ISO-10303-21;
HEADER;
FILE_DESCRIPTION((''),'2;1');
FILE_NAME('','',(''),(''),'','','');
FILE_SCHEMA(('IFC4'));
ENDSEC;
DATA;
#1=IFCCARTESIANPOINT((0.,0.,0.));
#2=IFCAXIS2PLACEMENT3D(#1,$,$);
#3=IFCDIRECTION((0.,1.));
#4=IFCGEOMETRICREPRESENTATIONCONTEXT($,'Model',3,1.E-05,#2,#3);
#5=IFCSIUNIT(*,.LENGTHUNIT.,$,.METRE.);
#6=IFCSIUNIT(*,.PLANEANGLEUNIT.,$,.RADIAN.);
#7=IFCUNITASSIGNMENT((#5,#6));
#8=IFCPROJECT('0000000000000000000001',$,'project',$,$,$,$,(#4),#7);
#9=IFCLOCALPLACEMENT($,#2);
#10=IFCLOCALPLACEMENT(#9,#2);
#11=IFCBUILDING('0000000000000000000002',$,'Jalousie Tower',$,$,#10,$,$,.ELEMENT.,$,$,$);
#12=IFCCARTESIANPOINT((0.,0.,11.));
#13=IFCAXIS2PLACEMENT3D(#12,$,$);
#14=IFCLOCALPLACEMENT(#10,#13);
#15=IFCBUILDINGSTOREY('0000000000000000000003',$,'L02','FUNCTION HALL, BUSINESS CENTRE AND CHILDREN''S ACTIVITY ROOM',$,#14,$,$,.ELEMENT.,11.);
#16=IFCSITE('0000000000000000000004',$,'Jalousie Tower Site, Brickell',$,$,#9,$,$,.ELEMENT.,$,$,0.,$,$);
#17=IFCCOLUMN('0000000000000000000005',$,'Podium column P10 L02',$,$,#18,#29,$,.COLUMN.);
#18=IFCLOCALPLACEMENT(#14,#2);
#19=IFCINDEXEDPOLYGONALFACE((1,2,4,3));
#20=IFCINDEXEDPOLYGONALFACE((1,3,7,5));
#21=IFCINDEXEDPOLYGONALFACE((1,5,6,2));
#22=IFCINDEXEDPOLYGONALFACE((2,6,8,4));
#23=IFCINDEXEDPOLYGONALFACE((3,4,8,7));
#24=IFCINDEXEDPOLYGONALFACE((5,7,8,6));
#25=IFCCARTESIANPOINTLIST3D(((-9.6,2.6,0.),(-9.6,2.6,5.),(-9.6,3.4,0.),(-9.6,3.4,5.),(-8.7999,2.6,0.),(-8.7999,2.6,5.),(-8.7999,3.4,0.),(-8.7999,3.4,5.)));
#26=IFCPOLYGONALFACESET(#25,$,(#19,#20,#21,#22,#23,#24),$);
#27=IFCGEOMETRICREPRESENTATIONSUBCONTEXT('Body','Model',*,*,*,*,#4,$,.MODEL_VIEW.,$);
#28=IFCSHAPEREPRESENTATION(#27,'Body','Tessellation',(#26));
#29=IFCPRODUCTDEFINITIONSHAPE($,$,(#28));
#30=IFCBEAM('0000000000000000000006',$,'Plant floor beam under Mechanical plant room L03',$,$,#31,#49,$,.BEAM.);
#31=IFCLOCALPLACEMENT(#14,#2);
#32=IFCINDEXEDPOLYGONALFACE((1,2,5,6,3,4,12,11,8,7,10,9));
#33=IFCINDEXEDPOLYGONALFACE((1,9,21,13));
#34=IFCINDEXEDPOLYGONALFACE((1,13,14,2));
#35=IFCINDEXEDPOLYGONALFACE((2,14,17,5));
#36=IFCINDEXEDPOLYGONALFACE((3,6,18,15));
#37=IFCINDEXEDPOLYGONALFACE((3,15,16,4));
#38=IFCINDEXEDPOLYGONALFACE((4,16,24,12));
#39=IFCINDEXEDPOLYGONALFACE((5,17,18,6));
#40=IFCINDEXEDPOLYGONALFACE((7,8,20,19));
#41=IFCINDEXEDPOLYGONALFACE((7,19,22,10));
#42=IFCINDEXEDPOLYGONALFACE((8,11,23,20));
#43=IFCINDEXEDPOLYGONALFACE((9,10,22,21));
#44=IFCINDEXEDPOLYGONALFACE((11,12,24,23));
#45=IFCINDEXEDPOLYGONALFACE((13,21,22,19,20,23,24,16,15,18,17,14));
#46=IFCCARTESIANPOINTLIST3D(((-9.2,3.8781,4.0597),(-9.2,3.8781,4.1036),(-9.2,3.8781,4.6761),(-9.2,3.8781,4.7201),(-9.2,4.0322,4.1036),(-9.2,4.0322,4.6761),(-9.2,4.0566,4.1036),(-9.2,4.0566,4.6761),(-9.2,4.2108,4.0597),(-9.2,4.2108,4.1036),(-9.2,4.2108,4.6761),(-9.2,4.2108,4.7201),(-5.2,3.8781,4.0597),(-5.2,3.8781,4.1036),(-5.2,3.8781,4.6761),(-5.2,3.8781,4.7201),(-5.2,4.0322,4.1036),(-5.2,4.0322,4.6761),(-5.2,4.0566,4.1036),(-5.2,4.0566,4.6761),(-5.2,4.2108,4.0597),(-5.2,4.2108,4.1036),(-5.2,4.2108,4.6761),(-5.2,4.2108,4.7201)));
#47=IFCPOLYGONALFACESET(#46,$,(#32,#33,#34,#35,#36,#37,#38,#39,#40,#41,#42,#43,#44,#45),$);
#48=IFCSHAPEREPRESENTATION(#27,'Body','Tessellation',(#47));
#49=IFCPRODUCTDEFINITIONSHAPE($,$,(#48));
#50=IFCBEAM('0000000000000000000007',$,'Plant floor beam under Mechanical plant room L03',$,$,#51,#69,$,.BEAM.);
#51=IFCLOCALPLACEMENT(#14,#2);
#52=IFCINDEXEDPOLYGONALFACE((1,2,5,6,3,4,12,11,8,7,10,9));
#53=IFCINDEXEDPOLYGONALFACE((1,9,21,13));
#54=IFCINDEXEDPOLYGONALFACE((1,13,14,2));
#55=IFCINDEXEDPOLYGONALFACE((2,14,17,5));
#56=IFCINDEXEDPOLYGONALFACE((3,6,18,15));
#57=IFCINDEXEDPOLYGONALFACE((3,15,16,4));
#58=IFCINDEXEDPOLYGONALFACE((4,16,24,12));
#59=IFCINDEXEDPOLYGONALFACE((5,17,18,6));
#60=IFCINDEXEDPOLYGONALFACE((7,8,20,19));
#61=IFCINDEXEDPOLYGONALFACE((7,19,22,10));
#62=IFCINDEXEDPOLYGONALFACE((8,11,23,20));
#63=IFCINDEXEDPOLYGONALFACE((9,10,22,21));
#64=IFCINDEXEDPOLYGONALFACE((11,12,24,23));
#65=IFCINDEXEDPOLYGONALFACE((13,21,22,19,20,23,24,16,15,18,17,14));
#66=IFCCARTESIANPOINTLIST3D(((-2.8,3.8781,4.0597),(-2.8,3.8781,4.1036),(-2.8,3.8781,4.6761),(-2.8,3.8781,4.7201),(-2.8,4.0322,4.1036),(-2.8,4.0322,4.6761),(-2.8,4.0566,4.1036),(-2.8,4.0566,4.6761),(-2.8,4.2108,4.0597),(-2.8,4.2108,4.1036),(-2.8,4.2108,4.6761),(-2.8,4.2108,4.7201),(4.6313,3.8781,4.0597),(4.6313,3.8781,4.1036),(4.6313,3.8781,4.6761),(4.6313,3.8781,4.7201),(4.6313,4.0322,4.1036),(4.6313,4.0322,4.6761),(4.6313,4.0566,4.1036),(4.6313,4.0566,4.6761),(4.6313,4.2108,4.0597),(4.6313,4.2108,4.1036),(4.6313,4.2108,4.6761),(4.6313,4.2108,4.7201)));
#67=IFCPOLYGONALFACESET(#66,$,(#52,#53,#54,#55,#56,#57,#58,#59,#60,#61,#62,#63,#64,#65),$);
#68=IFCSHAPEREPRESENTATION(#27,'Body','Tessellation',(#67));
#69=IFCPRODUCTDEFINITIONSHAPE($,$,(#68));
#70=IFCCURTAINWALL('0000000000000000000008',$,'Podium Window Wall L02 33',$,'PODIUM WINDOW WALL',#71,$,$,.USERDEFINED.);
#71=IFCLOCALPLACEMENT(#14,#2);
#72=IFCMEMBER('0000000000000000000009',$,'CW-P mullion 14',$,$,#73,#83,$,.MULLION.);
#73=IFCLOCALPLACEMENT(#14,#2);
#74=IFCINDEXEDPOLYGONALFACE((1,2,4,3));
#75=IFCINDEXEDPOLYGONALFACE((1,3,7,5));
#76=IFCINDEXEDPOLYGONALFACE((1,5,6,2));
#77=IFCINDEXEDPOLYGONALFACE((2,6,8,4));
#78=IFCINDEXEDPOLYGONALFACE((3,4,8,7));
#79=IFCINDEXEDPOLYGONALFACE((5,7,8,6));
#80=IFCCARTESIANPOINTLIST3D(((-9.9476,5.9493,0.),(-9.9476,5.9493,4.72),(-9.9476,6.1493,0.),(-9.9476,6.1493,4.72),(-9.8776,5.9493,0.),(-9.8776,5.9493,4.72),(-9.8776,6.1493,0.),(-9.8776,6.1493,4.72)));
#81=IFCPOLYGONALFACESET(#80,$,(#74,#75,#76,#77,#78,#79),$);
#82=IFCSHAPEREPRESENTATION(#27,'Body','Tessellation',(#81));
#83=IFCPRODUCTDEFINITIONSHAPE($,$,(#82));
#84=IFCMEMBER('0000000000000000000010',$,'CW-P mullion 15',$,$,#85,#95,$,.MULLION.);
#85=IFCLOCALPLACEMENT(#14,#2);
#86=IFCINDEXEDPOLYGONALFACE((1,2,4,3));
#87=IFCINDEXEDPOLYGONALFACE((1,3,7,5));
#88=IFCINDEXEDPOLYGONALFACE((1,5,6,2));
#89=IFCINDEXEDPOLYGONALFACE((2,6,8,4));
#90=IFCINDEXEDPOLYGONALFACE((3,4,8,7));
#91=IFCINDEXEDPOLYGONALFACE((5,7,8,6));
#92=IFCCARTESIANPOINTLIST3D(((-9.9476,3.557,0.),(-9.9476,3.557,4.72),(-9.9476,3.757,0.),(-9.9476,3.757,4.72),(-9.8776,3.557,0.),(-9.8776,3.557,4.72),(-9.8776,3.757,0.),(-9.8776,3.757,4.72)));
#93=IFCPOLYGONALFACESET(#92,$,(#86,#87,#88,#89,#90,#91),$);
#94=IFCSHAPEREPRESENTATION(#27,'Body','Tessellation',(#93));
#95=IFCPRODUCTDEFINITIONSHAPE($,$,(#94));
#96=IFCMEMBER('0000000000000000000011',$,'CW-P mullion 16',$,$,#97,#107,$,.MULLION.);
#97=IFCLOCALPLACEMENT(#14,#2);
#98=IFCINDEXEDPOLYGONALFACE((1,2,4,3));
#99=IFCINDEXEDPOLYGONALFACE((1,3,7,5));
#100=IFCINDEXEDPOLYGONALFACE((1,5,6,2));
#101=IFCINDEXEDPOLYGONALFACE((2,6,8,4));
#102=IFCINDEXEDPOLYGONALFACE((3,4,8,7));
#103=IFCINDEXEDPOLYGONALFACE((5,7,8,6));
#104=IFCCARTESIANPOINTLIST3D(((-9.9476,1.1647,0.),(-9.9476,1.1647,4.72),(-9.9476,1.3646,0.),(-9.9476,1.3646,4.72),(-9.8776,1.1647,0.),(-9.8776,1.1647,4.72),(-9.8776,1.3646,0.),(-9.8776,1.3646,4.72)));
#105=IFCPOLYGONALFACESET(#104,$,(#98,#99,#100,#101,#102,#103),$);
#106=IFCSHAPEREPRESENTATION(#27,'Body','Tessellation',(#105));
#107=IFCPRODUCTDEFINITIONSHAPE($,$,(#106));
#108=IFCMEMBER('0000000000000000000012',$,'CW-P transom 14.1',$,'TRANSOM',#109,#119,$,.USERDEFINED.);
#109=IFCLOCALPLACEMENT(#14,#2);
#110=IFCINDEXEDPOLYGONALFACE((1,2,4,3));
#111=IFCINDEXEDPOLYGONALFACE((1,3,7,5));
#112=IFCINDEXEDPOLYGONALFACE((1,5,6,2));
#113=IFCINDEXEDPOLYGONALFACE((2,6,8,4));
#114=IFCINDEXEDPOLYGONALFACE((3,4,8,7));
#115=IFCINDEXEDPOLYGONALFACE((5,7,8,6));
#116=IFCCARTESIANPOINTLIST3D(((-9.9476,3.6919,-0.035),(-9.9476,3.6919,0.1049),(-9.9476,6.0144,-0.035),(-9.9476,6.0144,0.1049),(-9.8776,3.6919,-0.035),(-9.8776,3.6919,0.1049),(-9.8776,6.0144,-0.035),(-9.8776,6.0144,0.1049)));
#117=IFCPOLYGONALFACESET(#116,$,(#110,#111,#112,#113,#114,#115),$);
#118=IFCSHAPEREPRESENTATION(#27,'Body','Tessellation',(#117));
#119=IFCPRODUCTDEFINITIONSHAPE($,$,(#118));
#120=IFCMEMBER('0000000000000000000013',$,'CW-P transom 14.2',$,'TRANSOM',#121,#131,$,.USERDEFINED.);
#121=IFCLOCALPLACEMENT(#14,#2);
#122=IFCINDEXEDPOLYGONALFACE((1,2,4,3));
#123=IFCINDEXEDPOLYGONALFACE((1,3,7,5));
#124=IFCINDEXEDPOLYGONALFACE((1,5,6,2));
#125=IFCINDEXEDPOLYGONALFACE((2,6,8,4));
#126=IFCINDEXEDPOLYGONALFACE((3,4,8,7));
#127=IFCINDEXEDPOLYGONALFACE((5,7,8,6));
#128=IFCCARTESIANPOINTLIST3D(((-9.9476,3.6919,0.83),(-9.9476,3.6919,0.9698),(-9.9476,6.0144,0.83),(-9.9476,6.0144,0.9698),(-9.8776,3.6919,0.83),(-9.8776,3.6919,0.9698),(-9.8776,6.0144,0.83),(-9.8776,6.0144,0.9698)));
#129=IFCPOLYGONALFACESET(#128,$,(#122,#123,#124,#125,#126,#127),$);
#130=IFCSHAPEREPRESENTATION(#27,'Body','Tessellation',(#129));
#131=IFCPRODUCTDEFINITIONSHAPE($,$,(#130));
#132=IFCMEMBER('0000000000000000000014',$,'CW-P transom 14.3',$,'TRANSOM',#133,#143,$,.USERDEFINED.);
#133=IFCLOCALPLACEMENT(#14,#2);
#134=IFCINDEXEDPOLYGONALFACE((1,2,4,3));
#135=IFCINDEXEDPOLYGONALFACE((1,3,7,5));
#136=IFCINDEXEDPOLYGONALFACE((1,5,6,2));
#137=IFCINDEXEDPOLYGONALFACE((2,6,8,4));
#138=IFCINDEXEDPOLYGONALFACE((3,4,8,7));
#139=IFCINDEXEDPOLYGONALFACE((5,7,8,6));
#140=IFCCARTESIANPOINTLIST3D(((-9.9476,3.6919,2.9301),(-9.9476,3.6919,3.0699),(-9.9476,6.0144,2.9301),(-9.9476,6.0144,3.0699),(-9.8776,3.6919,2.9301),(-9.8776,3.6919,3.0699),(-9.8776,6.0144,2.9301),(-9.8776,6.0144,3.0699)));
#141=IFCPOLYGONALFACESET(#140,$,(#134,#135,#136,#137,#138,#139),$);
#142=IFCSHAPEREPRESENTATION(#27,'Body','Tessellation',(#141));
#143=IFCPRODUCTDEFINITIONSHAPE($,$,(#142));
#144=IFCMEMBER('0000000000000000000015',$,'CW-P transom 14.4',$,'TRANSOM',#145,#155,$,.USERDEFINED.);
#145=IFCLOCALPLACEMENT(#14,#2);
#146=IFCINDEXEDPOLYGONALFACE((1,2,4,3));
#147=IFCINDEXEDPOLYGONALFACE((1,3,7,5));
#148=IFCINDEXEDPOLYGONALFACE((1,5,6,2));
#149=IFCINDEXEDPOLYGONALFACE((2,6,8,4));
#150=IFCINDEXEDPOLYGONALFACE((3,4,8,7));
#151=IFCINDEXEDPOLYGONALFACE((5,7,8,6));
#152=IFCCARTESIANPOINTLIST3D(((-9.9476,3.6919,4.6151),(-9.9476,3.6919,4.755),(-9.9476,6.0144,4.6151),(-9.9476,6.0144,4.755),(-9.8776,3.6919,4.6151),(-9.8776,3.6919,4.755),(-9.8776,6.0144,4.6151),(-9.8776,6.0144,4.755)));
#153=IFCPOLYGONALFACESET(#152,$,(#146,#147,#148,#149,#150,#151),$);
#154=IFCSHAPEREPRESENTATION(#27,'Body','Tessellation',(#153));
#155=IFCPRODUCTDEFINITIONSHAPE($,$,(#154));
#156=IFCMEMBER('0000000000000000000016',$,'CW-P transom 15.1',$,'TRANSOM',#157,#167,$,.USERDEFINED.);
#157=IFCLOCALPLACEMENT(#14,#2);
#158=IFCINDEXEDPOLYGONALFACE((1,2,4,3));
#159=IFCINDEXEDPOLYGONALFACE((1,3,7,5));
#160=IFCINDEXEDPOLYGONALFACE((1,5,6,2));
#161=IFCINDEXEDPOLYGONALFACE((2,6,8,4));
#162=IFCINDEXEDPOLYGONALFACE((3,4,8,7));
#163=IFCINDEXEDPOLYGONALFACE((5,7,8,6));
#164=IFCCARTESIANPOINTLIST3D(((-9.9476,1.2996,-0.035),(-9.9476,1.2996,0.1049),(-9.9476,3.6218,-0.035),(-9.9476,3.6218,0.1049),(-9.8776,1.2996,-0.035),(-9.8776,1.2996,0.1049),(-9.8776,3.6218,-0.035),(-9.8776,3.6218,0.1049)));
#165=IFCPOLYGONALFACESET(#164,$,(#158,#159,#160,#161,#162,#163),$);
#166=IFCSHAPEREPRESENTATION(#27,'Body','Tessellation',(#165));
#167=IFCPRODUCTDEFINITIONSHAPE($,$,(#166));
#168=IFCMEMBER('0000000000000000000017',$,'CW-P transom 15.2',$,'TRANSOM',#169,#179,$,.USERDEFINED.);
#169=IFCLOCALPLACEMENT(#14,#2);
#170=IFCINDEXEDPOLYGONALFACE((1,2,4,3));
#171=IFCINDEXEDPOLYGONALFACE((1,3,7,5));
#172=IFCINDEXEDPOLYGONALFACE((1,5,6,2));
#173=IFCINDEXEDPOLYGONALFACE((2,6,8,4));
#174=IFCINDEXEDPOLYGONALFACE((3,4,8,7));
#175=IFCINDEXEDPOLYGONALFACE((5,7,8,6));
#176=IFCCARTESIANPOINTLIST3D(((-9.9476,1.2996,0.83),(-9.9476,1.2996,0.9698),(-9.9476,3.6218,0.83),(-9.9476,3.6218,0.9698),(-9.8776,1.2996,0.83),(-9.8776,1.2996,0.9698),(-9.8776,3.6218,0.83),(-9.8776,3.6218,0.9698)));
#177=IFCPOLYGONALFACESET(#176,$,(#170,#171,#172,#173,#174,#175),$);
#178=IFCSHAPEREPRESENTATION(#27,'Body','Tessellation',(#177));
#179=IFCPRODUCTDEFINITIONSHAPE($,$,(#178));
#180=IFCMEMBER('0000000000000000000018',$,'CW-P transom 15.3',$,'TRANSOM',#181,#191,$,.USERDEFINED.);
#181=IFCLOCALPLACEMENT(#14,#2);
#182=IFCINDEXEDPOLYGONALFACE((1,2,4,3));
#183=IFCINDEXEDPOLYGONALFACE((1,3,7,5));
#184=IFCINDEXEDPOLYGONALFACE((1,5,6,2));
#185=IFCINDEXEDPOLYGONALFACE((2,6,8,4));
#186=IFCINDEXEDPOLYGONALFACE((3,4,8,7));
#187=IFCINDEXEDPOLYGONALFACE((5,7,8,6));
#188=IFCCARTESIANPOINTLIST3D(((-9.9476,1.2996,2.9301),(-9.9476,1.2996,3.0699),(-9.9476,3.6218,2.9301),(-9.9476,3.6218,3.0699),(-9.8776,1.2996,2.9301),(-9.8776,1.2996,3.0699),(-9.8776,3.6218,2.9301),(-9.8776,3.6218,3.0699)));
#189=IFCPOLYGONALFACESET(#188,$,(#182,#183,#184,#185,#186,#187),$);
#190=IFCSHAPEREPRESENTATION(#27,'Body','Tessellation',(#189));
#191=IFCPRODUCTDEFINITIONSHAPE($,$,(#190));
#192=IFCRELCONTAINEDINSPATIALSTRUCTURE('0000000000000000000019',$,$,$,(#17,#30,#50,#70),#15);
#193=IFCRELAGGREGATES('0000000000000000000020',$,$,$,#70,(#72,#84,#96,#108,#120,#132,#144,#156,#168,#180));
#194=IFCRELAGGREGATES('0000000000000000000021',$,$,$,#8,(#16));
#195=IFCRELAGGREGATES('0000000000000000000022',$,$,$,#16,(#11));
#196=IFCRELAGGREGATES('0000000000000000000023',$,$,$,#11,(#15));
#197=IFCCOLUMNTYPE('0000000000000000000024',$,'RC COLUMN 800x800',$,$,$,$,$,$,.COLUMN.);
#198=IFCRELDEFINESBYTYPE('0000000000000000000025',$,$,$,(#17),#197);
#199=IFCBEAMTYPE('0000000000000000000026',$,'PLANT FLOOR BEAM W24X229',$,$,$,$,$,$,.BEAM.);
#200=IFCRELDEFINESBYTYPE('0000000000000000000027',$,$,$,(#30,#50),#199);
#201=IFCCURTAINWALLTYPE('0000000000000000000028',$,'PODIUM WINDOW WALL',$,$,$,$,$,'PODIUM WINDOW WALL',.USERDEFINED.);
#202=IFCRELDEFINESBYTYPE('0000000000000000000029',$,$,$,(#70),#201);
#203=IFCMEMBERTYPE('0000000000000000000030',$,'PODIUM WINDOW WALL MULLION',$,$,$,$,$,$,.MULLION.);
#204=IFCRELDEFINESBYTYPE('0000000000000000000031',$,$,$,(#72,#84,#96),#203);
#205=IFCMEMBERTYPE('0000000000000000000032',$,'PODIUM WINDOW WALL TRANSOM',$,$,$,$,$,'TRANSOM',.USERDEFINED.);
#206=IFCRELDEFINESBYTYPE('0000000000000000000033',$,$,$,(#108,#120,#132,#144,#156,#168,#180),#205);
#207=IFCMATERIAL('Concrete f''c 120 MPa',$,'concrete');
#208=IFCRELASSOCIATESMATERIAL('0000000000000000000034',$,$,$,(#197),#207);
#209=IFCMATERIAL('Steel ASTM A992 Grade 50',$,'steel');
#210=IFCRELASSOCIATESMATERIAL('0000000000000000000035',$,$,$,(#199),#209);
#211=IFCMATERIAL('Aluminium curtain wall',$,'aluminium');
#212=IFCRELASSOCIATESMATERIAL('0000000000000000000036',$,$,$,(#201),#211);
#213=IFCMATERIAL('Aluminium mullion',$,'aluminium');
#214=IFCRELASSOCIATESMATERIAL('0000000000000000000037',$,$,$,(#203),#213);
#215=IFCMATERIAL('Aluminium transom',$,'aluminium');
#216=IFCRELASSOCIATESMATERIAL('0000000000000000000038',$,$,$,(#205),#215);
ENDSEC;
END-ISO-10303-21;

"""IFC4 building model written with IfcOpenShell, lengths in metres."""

from ifc_helpers import new_model, si_unit, direction, frame, origin, origin_2d, place, context, subcontext, project, spatial, rectangle, i_section, extrude, material, material_profile, profile_set, type_object, element, aggregate, save


model = new_model("IFC4")

# Units and contexts
model_context = context("Model", 3, precision=1e-05, world=origin(), true_north=direction((0.0, 1.0)))
body_context = subcontext(model_context, "Body", "Model", "MODEL_VIEW")
ifc_project = project(units=[si_unit("LENGTHUNIT", "METRE"), si_unit("PLANEANGLEUNIT", "RADIAN")], contexts=[model_context])

# Site, building, storey
site_placement = place(None, origin())
site = spatial("IfcSite", under=ifc_project, at=site_placement, Name="Jalousie Tower Site, Brickell", CompositionType="ELEMENT", RefElevation=0.0)
building_placement = place(site_placement, origin())
building = spatial("IfcBuilding", under=site, at=building_placement, Name="Jalousie Tower", CompositionType="ELEMENT")
storey_placement = place(building_placement, frame((0.0, 0.0, 11.0)))
storey = spatial("IfcBuildingStorey", under=building, at=storey_placement, Name="L02", Description="FUNCTION HALL, BUSINESS CENTRE AND CHILDREN'S ACTIVITY ROOM", CompositionType="ELEMENT", Elevation=11.0)

# Column
ifc_material_1 = material(Name="Concrete f'c 120 MPa", Category="concrete")
ifc_material_profile_1 = material_profile(ifc_material_1, rectangle(XDim=0.8, YDim=0.8, at=origin_2d()), Name="RC 800x800")
ifc_profile_set_1 = profile_set([ifc_material_profile_1], Name="Concrete f'c 120 MPa")
column_type = type_object("IfcColumnType", Name="RC COLUMN 800x800", PredefinedType="COLUMN", material=ifc_profile_set_1)
column_placement = place(storey_placement, frame((-9.2, 3.0, 0.0), z_axis=(0.0, 0.0, 1.0), x_axis=(1.0, 0.0, 0.0)))
element("IfcColumn", 1, at=column_placement, inside=storey, type_object=column_type, Name="Podium column P10 L02", PredefinedType="COLUMN", context=body_context, shape_type="SweptSolid", body=[
    extrude(rectangle(XDim=0.8, YDim=0.8, at=origin_2d()), origin(), (0.0, 0.0, 1.0), 5.0),
])

# Beams
ifc_material_2 = material(Name="Steel ASTM A992 Grade 50", Category="steel")
ifc_material_profile_2 = material_profile(ifc_material_2, i_section(OverallWidth=0.3328, OverallDepth=0.6604, WebThickness=0.0244, FlangeThickness=0.0439, at=origin_2d()), Name="W24X229")
ifc_profile_set_2 = profile_set([ifc_material_profile_2], Name="Steel ASTM A992 Grade 50")
beam_type_1 = type_object("IfcBeamType", Name="PLANT FLOOR BEAM W24X229", PredefinedType="BEAM", material=ifc_profile_set_2)
beam_1_placement = place(storey_placement, frame((-9.2, 4.0444, 4.3899), z_axis=(1.0, 0.0, 0.0), x_axis=(0.0, 1.0, 0.0)))
element("IfcBeam", 2, at=beam_1_placement, inside=storey, type_object=beam_type_1, Name="Plant floor beam under Mechanical plant room L03", PredefinedType="BEAM", context=body_context, shape_type="SweptSolid", body=[
    extrude(i_section(OverallWidth=0.3328, OverallDepth=0.6604, WebThickness=0.0244, FlangeThickness=0.0439, at=origin_2d()), origin(), (0.0, 0.0, 1.0), 4.0),
])
beam_2_placement = place(storey_placement, frame((-2.8, 4.0444, 4.3899), z_axis=(1.0, 0.0, 0.0), x_axis=(0.0, 1.0, 0.0)))
element("IfcBeam", 3, at=beam_2_placement, inside=storey, type_object=beam_type_1, Name="Plant floor beam under Mechanical plant room L03", PredefinedType="BEAM", context=body_context, shape_type="SweptSolid", body=[
    extrude(i_section(OverallWidth=0.3328, OverallDepth=0.6604, WebThickness=0.0244, FlangeThickness=0.0439, at=origin_2d()), origin(), (0.0, 0.0, 1.0), 7.4314),
])

# Curtain wall, members
ifc_material_3 = material(Name="Aluminium curtain wall", Category="aluminium")
curtain_wall_type = type_object("IfcCurtainWallType", Name="PODIUM WINDOW WALL", ElementType="PODIUM WINDOW WALL", PredefinedType="USERDEFINED", material=ifc_material_3)
curtain_wall_placement = place(storey_placement, origin())
curtain_wall = element("IfcCurtainWall", 4, at=curtain_wall_placement, inside=storey, type_object=curtain_wall_type, Name="Podium Window Wall L02 33", ObjectType="PODIUM WINDOW WALL", PredefinedType="USERDEFINED")
ifc_material_4 = material(Name="Aluminium mullion", Category="aluminium")
ifc_material_profile_3 = material_profile(ifc_material_4, rectangle(XDim=0.0701, YDim=0.2, at=origin_2d()), Name="MULLION 70x200")
ifc_profile_set_3 = profile_set([ifc_material_profile_3], Name="Aluminium mullion")
member_type_1 = type_object("IfcMemberType", Name="PODIUM WINDOW WALL MULLION", PredefinedType="MULLION", material=ifc_profile_set_3)
member_1_placement = place(storey_placement, frame((-9.9126, 6.0493, 0.0), z_axis=(0.0, 0.0, 1.0), x_axis=(1.0, 0.0, 0.0)))
member_1 = element("IfcMember", 5, at=member_1_placement, type_object=member_type_1, Name="CW-P mullion 14", PredefinedType="MULLION", context=body_context, shape_type="SweptSolid", body=[
    extrude(rectangle(XDim=0.0701, YDim=0.2, at=origin_2d()), origin(), (0.0, 0.0, 1.0), 4.72),
])
member_2_placement = place(storey_placement, frame((-9.9126, 3.657, 0.0), z_axis=(0.0, 0.0, 1.0), x_axis=(1.0, 0.0, 0.0)))
member_2 = element("IfcMember", 6, at=member_2_placement, type_object=member_type_1, Name="CW-P mullion 15", PredefinedType="MULLION", context=body_context, shape_type="SweptSolid", body=[
    extrude(rectangle(XDim=0.0701, YDim=0.2, at=origin_2d()), origin(), (0.0, 0.0, 1.0), 4.72),
])
member_3_placement = place(storey_placement, frame((-9.9126, 1.2646, 0.0), z_axis=(0.0, 0.0, 1.0), x_axis=(1.0, 0.0, 0.0)))
member_3 = element("IfcMember", 7, at=member_3_placement, type_object=member_type_1, Name="CW-P mullion 16", PredefinedType="MULLION", context=body_context, shape_type="SweptSolid", body=[
    extrude(rectangle(XDim=0.0701, YDim=0.2, at=origin_2d()), origin(), (0.0, 0.0, 1.0), 4.72),
])
ifc_material_5 = material(Name="Aluminium transom", Category="aluminium")
ifc_material_profile_4 = material_profile(ifc_material_5, rectangle(XDim=0.0701, YDim=0.1399, at=origin_2d()), Name="TRANSOM 70x140")
ifc_profile_set_4 = profile_set([ifc_material_profile_4], Name="Aluminium transom")
member_type_2 = type_object("IfcMemberType", Name="PODIUM WINDOW WALL TRANSOM", ElementType="TRANSOM", PredefinedType="USERDEFINED", material=ifc_profile_set_4)
member_4_placement = place(storey_placement, frame((-9.9126, 6.0144, 0.0349), z_axis=(0.0, -1.0, 0.0), x_axis=(1.0, 0.0, 0.0)))
member_4 = element("IfcMember", 8, at=member_4_placement, type_object=member_type_2, Name="CW-P transom 14.1", ObjectType="TRANSOM", PredefinedType="USERDEFINED", context=body_context, shape_type="SweptSolid", body=[
    extrude(rectangle(XDim=0.0701, YDim=0.1399, at=origin_2d()), origin(), (0.0, 0.0, 1.0), 2.3225),
])
member_5_placement = place(storey_placement, frame((-9.9126, 6.0144, 0.8999), z_axis=(0.0, -1.0, 0.0), x_axis=(1.0, 0.0, 0.0)))
member_5 = element("IfcMember", 9, at=member_5_placement, type_object=member_type_2, Name="CW-P transom 14.2", ObjectType="TRANSOM", PredefinedType="USERDEFINED", context=body_context, shape_type="SweptSolid", body=[
    extrude(rectangle(XDim=0.0701, YDim=0.1399, at=origin_2d()), origin(), (0.0, 0.0, 1.0), 2.3225),
])
member_6_placement = place(storey_placement, frame((-9.9126, 6.0144, 3.0), z_axis=(0.0, -1.0, 0.0), x_axis=(1.0, 0.0, 0.0)))
member_6 = element("IfcMember", 10, at=member_6_placement, type_object=member_type_2, Name="CW-P transom 14.3", ObjectType="TRANSOM", PredefinedType="USERDEFINED", context=body_context, shape_type="SweptSolid", body=[
    extrude(rectangle(XDim=0.0701, YDim=0.1399, at=origin_2d()), origin(), (0.0, 0.0, 1.0), 2.3225),
])
member_7_placement = place(storey_placement, frame((-9.9126, 6.0144, 4.6851), z_axis=(0.0, -1.0, 0.0), x_axis=(1.0, 0.0, 0.0)))
member_7 = element("IfcMember", 11, at=member_7_placement, type_object=member_type_2, Name="CW-P transom 14.4", ObjectType="TRANSOM", PredefinedType="USERDEFINED", context=body_context, shape_type="SweptSolid", body=[
    extrude(rectangle(XDim=0.0701, YDim=0.1399, at=origin_2d()), origin(), (0.0, 0.0, 1.0), 2.3225),
])
member_8_placement = place(storey_placement, frame((-9.9126, 3.6218, 0.0349), z_axis=(0.0, -1.0, 0.0), x_axis=(1.0, 0.0, 0.0)))
member_8 = element("IfcMember", 12, at=member_8_placement, type_object=member_type_2, Name="CW-P transom 15.1", ObjectType="TRANSOM", PredefinedType="USERDEFINED", context=body_context, shape_type="SweptSolid", body=[
    extrude(rectangle(XDim=0.0701, YDim=0.1399, at=origin_2d()), origin(), (0.0, 0.0, 1.0), 2.3223),
])
member_9_placement = place(storey_placement, frame((-9.9126, 3.6218, 0.8999), z_axis=(0.0, -1.0, 0.0), x_axis=(1.0, 0.0, 0.0)))
member_9 = element("IfcMember", 13, at=member_9_placement, type_object=member_type_2, Name="CW-P transom 15.2", ObjectType="TRANSOM", PredefinedType="USERDEFINED", context=body_context, shape_type="SweptSolid", body=[
    extrude(rectangle(XDim=0.0701, YDim=0.1399, at=origin_2d()), origin(), (0.0, 0.0, 1.0), 2.3223),
])
member_10_placement = place(storey_placement, frame((-9.9126, 3.6218, 3.0), z_axis=(0.0, -1.0, 0.0), x_axis=(1.0, 0.0, 0.0)))
member_10 = element("IfcMember", 14, at=member_10_placement, type_object=member_type_2, Name="CW-P transom 15.3", ObjectType="TRANSOM", PredefinedType="USERDEFINED", context=body_context, shape_type="SweptSolid", body=[
    extrude(rectangle(XDim=0.0701, YDim=0.1399, at=origin_2d()), origin(), (0.0, 0.0, 1.0), 2.3223),
])

aggregate(curtain_wall, [member_1, member_2, member_3, member_4, member_5, member_6, member_7, member_8, member_9, member_10])

save(model, "model.ifc")
